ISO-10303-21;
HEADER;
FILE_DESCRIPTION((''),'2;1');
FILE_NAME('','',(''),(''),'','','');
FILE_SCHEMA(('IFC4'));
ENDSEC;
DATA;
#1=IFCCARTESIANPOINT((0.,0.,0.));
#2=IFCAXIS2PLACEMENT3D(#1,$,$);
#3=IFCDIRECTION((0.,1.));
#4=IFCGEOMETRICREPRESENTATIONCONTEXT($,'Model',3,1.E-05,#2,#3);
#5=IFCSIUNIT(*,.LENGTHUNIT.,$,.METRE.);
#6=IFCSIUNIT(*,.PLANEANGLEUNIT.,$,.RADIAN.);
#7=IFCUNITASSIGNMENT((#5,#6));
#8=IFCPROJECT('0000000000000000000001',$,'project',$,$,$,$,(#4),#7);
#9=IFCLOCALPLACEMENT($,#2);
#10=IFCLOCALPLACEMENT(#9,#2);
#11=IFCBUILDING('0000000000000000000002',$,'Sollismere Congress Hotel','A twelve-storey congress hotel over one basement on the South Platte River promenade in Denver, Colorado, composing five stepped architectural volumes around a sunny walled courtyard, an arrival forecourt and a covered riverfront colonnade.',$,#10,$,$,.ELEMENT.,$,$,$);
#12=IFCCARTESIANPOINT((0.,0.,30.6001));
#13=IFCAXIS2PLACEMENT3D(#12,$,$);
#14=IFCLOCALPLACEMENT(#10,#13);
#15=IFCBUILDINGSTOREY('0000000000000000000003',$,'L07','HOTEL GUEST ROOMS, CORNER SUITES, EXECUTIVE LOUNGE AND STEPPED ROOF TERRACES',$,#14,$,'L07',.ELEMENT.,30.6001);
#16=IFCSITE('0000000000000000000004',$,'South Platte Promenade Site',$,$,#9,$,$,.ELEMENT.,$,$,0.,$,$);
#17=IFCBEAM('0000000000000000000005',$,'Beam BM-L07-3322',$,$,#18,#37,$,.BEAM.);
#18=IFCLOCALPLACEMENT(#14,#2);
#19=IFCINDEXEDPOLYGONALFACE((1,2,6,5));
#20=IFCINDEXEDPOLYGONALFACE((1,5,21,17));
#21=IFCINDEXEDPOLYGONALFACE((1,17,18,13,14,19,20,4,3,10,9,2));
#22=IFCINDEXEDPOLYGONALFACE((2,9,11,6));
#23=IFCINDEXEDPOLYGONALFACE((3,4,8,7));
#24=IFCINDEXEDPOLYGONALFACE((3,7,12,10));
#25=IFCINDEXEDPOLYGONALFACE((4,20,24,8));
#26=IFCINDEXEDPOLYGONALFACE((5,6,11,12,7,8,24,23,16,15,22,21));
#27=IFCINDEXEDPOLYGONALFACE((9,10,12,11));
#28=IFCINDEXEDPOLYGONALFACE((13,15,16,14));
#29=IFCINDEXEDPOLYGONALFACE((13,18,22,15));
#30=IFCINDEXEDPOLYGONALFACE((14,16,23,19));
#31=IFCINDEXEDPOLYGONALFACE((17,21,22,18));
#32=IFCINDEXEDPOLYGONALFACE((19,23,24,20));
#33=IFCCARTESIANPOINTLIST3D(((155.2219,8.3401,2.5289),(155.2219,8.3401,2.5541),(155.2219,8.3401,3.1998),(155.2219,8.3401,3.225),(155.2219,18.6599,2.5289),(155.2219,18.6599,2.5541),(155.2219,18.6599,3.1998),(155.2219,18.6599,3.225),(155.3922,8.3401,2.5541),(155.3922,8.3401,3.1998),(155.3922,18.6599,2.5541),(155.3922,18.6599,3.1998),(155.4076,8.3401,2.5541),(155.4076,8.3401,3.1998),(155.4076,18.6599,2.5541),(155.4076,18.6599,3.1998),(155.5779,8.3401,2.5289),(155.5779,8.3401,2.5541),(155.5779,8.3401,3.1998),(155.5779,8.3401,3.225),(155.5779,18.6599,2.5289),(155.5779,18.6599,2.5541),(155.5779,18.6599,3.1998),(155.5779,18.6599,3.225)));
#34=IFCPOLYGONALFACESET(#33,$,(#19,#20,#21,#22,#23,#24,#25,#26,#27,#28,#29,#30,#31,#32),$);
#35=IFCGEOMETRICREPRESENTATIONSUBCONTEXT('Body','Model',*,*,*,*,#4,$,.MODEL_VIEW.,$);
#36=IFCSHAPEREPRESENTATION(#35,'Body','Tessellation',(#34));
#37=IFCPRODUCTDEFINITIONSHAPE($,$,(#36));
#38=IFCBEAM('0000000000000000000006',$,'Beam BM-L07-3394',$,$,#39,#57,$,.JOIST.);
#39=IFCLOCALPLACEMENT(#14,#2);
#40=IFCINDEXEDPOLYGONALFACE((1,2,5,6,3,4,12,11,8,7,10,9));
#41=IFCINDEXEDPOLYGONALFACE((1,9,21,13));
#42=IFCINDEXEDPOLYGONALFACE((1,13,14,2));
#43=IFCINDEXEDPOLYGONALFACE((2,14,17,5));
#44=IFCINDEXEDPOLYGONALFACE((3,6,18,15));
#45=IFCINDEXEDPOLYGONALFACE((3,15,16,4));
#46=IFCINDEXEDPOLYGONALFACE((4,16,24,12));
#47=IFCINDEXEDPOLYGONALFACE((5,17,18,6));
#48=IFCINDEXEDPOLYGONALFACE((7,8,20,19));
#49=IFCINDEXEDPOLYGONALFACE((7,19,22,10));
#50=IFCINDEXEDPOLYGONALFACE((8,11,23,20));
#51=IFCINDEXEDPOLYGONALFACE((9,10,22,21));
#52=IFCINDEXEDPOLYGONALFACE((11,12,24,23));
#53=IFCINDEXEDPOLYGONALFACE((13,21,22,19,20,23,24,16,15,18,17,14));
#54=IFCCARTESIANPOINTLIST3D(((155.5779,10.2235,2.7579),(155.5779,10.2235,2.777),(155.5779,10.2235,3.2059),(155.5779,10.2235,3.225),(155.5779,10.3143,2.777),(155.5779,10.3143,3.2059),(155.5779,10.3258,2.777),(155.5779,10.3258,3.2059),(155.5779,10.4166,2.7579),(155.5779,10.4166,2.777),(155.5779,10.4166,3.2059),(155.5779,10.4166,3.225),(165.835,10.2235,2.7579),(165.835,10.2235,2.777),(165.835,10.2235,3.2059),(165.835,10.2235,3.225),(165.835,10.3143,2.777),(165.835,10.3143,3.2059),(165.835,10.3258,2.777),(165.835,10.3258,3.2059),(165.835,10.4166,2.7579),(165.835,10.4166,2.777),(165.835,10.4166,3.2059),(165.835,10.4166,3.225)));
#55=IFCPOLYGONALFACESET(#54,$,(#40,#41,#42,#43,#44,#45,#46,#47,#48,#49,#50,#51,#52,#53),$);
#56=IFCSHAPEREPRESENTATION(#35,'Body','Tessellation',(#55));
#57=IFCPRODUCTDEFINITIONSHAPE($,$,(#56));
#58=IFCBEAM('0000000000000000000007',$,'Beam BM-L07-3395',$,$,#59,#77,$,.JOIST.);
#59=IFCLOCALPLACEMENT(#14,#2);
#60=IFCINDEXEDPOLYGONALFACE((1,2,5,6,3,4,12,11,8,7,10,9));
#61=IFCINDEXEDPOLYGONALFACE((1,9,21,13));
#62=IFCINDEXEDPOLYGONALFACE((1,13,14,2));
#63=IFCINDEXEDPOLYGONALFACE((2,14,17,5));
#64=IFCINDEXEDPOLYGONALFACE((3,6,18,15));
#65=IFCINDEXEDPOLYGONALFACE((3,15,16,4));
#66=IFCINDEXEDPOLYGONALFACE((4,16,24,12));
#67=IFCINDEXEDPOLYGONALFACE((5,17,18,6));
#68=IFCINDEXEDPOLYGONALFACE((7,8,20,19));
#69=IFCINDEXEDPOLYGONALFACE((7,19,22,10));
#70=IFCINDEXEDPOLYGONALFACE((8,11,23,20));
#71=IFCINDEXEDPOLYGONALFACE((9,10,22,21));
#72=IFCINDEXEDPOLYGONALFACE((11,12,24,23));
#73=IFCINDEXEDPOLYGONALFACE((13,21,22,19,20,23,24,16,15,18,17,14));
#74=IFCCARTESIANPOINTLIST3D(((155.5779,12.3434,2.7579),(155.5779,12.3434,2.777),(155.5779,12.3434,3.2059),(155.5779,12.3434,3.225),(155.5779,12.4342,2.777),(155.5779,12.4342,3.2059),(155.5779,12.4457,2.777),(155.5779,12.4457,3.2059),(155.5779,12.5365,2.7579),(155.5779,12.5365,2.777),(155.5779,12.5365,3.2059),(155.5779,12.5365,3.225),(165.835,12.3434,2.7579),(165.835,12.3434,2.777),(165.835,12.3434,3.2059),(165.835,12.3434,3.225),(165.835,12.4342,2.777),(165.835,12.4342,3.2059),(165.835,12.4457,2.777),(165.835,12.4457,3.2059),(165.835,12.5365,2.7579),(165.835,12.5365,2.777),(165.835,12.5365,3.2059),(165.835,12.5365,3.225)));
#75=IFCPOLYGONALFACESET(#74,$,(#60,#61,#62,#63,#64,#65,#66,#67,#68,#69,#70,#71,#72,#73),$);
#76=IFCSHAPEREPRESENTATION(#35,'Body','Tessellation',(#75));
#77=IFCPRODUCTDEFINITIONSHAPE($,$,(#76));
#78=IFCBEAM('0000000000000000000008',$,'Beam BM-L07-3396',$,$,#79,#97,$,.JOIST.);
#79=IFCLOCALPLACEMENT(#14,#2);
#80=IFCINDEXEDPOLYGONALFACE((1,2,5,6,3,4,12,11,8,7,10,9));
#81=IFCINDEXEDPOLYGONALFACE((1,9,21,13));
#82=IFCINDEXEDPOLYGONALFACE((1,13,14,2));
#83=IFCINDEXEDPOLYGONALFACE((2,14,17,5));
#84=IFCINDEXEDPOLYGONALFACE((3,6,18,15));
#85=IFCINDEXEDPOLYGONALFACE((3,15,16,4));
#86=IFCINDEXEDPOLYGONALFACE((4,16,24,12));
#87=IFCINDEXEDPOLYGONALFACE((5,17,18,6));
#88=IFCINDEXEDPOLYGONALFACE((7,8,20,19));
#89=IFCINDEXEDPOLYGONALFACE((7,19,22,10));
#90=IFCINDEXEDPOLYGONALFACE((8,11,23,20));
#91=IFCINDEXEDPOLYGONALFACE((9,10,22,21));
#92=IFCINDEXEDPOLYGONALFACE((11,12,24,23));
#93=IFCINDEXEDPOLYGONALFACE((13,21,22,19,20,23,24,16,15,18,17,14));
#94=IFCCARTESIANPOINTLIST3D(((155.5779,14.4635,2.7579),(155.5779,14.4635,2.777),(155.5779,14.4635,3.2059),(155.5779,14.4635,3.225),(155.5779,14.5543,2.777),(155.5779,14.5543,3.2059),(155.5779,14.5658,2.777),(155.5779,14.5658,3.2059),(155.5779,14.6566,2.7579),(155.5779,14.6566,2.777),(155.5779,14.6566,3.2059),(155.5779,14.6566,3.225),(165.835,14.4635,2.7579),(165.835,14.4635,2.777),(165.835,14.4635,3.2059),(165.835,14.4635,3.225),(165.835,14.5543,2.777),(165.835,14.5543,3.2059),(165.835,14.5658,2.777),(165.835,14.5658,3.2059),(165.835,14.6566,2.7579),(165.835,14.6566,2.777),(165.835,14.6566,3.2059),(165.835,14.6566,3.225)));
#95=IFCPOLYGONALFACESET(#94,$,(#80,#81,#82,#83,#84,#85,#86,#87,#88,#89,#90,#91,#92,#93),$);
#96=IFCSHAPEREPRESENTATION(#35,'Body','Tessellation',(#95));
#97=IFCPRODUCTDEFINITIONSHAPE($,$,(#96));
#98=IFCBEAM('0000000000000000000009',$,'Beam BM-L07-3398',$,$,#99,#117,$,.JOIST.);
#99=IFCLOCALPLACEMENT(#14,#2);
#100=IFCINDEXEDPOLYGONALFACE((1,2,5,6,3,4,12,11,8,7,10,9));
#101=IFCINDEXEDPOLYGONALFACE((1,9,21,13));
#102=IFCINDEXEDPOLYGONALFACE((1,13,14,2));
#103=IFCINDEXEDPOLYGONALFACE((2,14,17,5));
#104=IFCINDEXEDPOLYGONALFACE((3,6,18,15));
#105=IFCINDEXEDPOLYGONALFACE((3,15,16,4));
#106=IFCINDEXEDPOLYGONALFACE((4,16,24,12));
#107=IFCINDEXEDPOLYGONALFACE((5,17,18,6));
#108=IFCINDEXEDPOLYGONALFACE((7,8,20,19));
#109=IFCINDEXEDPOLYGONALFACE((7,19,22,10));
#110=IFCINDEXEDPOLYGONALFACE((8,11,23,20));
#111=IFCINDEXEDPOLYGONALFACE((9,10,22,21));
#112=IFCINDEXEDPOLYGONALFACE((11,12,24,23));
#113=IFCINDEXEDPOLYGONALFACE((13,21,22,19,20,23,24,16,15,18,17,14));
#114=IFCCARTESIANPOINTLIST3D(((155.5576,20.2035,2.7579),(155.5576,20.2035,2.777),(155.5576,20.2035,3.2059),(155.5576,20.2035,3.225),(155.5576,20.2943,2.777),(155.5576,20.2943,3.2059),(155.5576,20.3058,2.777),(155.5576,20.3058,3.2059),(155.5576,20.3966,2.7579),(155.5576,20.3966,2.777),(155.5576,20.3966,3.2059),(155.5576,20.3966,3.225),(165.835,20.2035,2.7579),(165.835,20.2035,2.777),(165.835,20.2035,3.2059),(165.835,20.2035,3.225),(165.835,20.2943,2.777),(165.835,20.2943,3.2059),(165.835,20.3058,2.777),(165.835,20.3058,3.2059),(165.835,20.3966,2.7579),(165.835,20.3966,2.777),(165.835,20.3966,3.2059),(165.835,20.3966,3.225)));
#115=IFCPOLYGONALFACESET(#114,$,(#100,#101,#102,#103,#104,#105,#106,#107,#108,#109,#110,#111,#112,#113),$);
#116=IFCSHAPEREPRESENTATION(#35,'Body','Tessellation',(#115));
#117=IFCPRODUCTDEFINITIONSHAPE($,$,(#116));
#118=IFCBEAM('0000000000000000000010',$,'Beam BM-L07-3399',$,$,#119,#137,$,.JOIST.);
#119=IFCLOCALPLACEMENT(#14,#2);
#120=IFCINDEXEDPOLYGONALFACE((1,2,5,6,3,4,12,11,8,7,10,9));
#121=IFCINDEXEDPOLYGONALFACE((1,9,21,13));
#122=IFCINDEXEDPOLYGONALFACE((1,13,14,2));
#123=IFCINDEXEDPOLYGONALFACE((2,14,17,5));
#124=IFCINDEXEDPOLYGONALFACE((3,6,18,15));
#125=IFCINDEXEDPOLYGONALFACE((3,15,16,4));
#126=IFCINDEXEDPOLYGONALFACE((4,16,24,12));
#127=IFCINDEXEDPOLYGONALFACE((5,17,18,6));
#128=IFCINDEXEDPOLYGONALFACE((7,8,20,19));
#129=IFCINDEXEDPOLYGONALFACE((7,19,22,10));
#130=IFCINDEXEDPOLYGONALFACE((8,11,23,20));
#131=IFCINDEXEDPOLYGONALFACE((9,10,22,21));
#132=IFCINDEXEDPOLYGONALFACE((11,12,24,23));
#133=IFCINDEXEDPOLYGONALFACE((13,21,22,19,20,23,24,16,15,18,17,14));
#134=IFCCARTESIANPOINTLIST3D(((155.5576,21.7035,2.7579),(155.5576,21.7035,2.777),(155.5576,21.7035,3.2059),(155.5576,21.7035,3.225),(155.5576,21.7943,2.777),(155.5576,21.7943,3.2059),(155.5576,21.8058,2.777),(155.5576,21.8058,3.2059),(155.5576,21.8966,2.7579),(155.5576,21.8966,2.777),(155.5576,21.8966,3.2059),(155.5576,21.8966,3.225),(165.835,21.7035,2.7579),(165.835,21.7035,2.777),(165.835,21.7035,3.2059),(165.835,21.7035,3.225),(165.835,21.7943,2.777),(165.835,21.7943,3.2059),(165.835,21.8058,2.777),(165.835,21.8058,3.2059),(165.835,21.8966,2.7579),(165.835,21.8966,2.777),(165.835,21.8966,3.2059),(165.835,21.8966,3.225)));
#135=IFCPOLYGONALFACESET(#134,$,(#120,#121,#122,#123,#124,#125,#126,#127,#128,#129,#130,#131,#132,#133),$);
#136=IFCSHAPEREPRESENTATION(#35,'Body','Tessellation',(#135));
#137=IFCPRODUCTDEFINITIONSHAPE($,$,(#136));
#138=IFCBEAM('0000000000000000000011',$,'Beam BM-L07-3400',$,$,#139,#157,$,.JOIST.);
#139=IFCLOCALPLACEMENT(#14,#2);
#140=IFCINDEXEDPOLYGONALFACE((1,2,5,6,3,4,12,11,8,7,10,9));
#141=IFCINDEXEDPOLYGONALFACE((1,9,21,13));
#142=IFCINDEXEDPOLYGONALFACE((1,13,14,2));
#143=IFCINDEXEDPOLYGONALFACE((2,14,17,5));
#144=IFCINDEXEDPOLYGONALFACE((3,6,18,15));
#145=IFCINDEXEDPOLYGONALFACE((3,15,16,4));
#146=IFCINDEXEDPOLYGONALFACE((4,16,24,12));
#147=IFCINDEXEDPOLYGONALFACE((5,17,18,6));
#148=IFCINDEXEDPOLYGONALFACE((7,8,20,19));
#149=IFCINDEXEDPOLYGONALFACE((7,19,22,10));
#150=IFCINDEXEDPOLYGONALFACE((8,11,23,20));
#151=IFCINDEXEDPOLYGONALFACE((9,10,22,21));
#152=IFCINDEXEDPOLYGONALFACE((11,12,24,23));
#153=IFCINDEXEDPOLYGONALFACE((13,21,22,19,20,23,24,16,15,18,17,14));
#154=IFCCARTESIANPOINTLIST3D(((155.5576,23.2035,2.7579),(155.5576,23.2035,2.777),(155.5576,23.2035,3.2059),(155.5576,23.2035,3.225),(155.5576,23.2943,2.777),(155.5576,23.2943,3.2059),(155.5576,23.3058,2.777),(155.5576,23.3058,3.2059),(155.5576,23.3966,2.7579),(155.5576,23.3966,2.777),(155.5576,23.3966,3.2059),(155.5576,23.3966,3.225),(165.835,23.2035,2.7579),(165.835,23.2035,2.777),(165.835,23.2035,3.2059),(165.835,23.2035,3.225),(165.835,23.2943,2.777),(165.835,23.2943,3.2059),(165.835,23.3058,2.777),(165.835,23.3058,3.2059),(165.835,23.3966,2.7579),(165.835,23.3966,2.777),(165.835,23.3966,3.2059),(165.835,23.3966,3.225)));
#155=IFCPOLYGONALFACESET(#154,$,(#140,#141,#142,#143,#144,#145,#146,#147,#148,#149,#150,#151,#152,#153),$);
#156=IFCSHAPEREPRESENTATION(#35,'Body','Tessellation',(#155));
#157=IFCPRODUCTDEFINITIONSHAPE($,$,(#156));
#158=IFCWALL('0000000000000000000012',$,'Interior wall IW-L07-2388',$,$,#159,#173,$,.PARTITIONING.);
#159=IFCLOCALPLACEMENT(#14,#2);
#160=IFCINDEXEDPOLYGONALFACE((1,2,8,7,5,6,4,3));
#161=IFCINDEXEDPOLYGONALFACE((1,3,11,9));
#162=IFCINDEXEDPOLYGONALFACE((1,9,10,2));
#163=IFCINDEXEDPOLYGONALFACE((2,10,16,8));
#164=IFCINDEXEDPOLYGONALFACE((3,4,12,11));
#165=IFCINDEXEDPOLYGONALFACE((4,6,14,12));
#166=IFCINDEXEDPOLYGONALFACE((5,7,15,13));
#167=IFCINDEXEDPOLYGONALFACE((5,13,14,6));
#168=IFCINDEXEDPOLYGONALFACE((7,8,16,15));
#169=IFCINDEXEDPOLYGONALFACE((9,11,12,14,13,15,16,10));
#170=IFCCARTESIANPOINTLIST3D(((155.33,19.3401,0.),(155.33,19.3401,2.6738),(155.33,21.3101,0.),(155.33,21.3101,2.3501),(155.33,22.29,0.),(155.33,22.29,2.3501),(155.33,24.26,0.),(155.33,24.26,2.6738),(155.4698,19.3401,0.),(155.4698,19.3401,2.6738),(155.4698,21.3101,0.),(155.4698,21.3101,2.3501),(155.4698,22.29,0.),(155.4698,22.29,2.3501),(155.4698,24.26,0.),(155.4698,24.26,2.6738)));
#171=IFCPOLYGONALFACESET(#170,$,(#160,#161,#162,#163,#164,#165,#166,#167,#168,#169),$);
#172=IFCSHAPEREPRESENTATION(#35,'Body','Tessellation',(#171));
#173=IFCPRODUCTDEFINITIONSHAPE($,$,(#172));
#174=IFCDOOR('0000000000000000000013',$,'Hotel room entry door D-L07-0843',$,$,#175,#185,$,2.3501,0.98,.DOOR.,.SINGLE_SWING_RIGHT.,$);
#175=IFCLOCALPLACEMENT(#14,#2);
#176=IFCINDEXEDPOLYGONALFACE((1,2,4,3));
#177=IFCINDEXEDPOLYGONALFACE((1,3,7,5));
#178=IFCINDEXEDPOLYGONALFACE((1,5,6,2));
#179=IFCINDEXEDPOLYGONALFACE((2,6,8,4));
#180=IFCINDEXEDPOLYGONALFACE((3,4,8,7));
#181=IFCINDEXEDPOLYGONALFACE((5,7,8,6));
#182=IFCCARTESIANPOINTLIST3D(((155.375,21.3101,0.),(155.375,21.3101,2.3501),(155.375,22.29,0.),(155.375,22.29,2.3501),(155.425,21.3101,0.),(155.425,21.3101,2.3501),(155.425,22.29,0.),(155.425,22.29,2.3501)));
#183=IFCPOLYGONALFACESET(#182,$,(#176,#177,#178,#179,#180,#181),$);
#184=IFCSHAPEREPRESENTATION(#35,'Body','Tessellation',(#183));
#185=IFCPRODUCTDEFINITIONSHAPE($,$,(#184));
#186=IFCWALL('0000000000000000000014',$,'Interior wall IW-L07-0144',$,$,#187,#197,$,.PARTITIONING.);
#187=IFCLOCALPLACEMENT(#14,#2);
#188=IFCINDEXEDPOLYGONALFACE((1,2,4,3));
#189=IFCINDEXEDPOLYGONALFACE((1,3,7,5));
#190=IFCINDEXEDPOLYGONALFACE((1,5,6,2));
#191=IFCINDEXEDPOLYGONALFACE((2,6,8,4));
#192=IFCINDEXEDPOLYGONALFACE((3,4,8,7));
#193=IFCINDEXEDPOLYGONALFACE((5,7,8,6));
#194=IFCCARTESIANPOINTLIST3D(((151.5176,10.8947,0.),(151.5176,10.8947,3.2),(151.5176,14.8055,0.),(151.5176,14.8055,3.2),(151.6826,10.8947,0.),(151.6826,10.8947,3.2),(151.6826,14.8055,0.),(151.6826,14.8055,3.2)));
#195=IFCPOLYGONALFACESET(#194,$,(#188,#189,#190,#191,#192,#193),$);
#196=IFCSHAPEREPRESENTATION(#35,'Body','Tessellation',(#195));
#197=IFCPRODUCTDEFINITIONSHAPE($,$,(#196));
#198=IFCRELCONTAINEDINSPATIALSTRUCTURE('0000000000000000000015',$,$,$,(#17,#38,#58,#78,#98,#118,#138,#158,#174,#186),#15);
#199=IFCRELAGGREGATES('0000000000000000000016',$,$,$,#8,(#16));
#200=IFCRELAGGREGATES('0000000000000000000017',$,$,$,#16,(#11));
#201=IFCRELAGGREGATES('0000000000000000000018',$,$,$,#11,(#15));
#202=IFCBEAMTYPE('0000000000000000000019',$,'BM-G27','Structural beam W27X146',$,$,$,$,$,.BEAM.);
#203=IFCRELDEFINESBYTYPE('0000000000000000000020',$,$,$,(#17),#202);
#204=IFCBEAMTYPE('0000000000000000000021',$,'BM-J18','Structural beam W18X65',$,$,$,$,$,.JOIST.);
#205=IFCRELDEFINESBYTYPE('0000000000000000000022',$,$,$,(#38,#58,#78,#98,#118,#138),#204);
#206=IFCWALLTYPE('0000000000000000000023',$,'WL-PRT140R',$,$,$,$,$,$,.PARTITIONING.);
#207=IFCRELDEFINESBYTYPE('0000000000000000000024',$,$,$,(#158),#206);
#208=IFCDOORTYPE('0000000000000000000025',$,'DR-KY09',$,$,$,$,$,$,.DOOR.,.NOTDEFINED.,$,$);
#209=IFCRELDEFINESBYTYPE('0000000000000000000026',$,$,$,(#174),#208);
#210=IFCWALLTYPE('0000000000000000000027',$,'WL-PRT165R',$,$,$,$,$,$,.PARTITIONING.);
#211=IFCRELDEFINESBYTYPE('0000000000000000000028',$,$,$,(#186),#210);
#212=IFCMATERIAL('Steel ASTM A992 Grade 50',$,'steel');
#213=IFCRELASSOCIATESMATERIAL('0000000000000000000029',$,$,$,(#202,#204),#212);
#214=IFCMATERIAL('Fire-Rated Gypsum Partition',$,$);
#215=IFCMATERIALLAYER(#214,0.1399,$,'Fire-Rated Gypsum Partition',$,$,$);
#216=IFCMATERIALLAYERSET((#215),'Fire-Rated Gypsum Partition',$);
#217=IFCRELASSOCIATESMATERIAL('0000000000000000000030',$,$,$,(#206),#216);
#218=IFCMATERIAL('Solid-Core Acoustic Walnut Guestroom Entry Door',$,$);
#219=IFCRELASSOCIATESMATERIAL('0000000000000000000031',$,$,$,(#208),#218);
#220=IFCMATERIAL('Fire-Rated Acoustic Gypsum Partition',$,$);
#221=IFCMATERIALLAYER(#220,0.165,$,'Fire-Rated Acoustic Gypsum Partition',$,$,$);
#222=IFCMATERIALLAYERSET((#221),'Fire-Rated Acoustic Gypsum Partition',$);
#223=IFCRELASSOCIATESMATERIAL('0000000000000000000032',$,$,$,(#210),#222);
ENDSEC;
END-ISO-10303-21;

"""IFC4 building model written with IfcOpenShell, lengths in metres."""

from ifc_helpers import new_model, si_unit, direction, frame, frame_2d, origin, origin_2d, place, context, subcontext, project, spatial, rectangle, i_section, extrude, material, layer, layer_set, material_profile, profile_set, type_object, element, fill, save


model = new_model("IFC4")

# Units and contexts
model_context = context("Model", 3, precision=1e-05, world=origin(), true_north=direction((0.0, 1.0)))
body_context = subcontext(model_context, "Body", "Model", "MODEL_VIEW")
ifc_project = project(units=[si_unit("LENGTHUNIT", "METRE"), si_unit("PLANEANGLEUNIT", "RADIAN")], contexts=[model_context])

# Site, building, storey
site_placement = place(None, origin())
site = spatial("IfcSite", under=ifc_project, at=site_placement, Name="South Platte Promenade Site", CompositionType="ELEMENT", RefElevation=0.0)
building_placement = place(site_placement, origin())
building = spatial("IfcBuilding", under=site, at=building_placement, Name="Sollismere Congress Hotel", Description="A twelve-storey congress hotel over one basement on the South Platte River promenade in Denver, Colorado, composing five stepped architectural volumes around a sunny walled courtyard, an arrival forecourt and a covered riverfront colonnade.", CompositionType="ELEMENT")
storey_placement = place(building_placement, frame((0.0, 0.0, 30.6001)))
storey = spatial("IfcBuildingStorey", under=building, at=storey_placement, Name="L07", Description="HOTEL GUEST ROOMS, CORNER SUITES, EXECUTIVE LOUNGE AND STEPPED ROOF TERRACES", LongName="L07", CompositionType="ELEMENT", Elevation=30.6001)

# Shared definitions
ifc_material_1 = material(Name="Steel ASTM A992 Grade 50", Category="steel")

# Beams
ifc_material_profile_1 = material_profile(ifc_material_1, i_section(OverallWidth=0.356, OverallDepth=0.696, WebThickness=0.0154, FlangeThickness=0.0251, at=origin_2d()), Name="W27X146")
ifc_profile_set_1 = profile_set([ifc_material_profile_1], Name="Steel ASTM A992 Grade 50")
beam_type_1 = type_object("IfcBeamType", Name="BM-G27", Description="Structural beam W27X146", PredefinedType="BEAM", material=ifc_profile_set_1)
beam_1_placement = place(storey_placement, frame((155.3999, 8.3401, 2.877), z_axis=(0.0, 1.0, 0.0), x_axis=(-1.0, 0.0, 0.0)))
element("IfcBeam", 1, at=beam_1_placement, inside=storey, type_object=beam_type_1, Name="Beam BM-L07-3322", PredefinedType="BEAM", context=body_context, shape_type="SweptSolid", body=[
    extrude(i_section(OverallWidth=0.356, OverallDepth=0.696, WebThickness=0.0154, FlangeThickness=0.0251, at=origin_2d()), origin(), (0.0, 0.0, 1.0), 10.3198),
])
ifc_material_profile_2 = material_profile(ifc_material_1, i_section(OverallWidth=0.1931, OverallDepth=0.467, WebThickness=0.0115, FlangeThickness=0.019, at=origin_2d()), Name="W18X65")
ifc_profile_set_2 = profile_set([ifc_material_profile_2], Name="Steel ASTM A992 Grade 50")
beam_type_2 = type_object("IfcBeamType", Name="BM-J18", Description="Structural beam W18X65", PredefinedType="JOIST", material=ifc_profile_set_2)
for number, where, z_axis, x_axis, name in (
    (2, (155.5779, 10.3201, 2.9915), (1.0, 0.0, 0.0), (0.0, 1.0, 0.0), "Beam BM-L07-3394"),
    (3, (155.5779, 12.4399, 2.9915), (1.0, 0.0, 0.0), (0.0, 1.0, 0.0), "Beam BM-L07-3395"),
    (4, (155.5779, 14.5601, 2.9915), (1.0, 0.0, 0.0), (0.0, 1.0, 0.0), "Beam BM-L07-3396"),
):
    element("IfcBeam", number, at=place(storey_placement, frame(where, z_axis=z_axis, x_axis=x_axis)), inside=storey, type_object=beam_type_2, Name=name, PredefinedType="JOIST", context=body_context, shape_type="SweptSolid", body=[
        extrude(i_section(OverallWidth=0.1931, OverallDepth=0.467, WebThickness=0.0115, FlangeThickness=0.019, at=origin_2d()), origin(), (0.0, 0.0, 1.0), 10.2571),
    ])
for number, where, z_axis, x_axis, name in (
    (5, (155.5576, 20.3, 2.9915), (1.0, 0.0, 0.0), (0.0, 1.0, 0.0), "Beam BM-L07-3398"),
    (6, (155.5576, 21.8, 2.9915), (1.0, 0.0, 0.0), (0.0, 1.0, 0.0), "Beam BM-L07-3399"),
    (7, (155.5576, 23.3, 2.9915), (1.0, 0.0, 0.0), (0.0, 1.0, 0.0), "Beam BM-L07-3400"),
):
    element("IfcBeam", number, at=place(storey_placement, frame(where, z_axis=z_axis, x_axis=x_axis)), inside=storey, type_object=beam_type_2, Name=name, PredefinedType="JOIST", context=body_context, shape_type="SweptSolid", body=[
        extrude(i_section(OverallWidth=0.1931, OverallDepth=0.467, WebThickness=0.0115, FlangeThickness=0.019, at=origin_2d()), origin(), (0.0, 0.0, 1.0), 10.2773),
    ])

# Wall, opening, door
ifc_material_2 = material(Name="Fire-Rated Gypsum Partition")
ifc_layer_1 = layer(ifc_material_2, 0.1399, Name="Fire-Rated Gypsum Partition")
ifc_layer_set_1 = layer_set([ifc_layer_1], Name="Fire-Rated Gypsum Partition")
wall_type_1 = type_object("IfcWallType", Name="WL-PRT140R", PredefinedType="PARTITIONING", material=ifc_layer_set_1)
wall_1_placement = place(storey_placement, frame((155.3999, 19.3401, 0.0), z_axis=(0.0, 0.0, 1.0), x_axis=(0.0, 1.0, 0.0)))
wall_1 = element("IfcWall", 8, at=wall_1_placement, inside=storey, type_object=wall_type_1, Name="Interior wall IW-L07-2388", PredefinedType="PARTITIONING", context=body_context, shape_type="SweptSolid", body=[
    extrude(rectangle(XDim=4.9199, YDim=0.1399, at=frame_2d((2.46, 0.0))), origin(), (0.0, 0.0, 1.0), 2.6738),
])
opening_placement = place(wall_1_placement, frame((1.97, 0.0, 0.0)))
opening = element("IfcOpeningElement", 9, at=opening_placement, cuts=wall_1, PredefinedType="OPENING", context=body_context, shape_type="SweptSolid", body=[
    extrude(rectangle(XDim=0.98, YDim=2.3501, at=frame_2d((0.49, 1.175))), frame((0.0, 0.0798, 0.0), z_axis=(0.0, -1.0, 0.0), x_axis=(1.0, 0.0, 0.0)), (0.0, 0.0, 1.0), 0.1599),
])
ifc_material_3 = material(Name="Solid-Core Acoustic Walnut Guestroom Entry Door")
door_type = type_object("IfcDoorType", Name="DR-KY09", OperationType="NOTDEFINED", PredefinedType="DOOR", material=ifc_material_3)
door_placement = place(opening_placement, origin())
door = element("IfcDoor", 10, at=door_placement, inside=storey, type_object=door_type, Name="Hotel room entry door D-L07-0843", OperationType="SINGLE_SWING_RIGHT", OverallHeight=2.3501, OverallWidth=0.98, PredefinedType="DOOR", context=body_context, shape_type="SweptSolid", body=[
    extrude(rectangle(XDim=0.98, YDim=2.3501, at=frame_2d((0.49, 1.175))), frame((0.0, 0.0249, 0.0), z_axis=(0.0, -1.0, 0.0), x_axis=(1.0, 0.0, 0.0)), (0.0, 0.0, 1.0), 0.05),
])
fill(opening, door)

# Wall
ifc_material_4 = material(Name="Fire-Rated Acoustic Gypsum Partition")
ifc_layer_2 = layer(ifc_material_4, 0.165, Name="Fire-Rated Acoustic Gypsum Partition")
ifc_layer_set_2 = layer_set([ifc_layer_2], Name="Fire-Rated Acoustic Gypsum Partition")
wall_type_2 = type_object("IfcWallType", Name="WL-PRT165R", PredefinedType="PARTITIONING", material=ifc_layer_set_2)
wall_2_placement = place(storey_placement, frame((151.6001, 10.8945, 0.0), z_axis=(0.0, 0.0, 1.0), x_axis=(0.0, 1.0, 0.0)))
element("IfcWall", 11, at=wall_2_placement, inside=storey, type_object=wall_type_2, Name="Interior wall IW-L07-0144", PredefinedType="PARTITIONING", context=body_context, shape_type="SweptSolid", body=[
    extrude(rectangle(XDim=3.9109, YDim=0.165, at=frame_2d((1.9556, 0.0))), origin(), (0.0, 0.0, 1.0), 3.2),
])

save(model, "model.ifc")
